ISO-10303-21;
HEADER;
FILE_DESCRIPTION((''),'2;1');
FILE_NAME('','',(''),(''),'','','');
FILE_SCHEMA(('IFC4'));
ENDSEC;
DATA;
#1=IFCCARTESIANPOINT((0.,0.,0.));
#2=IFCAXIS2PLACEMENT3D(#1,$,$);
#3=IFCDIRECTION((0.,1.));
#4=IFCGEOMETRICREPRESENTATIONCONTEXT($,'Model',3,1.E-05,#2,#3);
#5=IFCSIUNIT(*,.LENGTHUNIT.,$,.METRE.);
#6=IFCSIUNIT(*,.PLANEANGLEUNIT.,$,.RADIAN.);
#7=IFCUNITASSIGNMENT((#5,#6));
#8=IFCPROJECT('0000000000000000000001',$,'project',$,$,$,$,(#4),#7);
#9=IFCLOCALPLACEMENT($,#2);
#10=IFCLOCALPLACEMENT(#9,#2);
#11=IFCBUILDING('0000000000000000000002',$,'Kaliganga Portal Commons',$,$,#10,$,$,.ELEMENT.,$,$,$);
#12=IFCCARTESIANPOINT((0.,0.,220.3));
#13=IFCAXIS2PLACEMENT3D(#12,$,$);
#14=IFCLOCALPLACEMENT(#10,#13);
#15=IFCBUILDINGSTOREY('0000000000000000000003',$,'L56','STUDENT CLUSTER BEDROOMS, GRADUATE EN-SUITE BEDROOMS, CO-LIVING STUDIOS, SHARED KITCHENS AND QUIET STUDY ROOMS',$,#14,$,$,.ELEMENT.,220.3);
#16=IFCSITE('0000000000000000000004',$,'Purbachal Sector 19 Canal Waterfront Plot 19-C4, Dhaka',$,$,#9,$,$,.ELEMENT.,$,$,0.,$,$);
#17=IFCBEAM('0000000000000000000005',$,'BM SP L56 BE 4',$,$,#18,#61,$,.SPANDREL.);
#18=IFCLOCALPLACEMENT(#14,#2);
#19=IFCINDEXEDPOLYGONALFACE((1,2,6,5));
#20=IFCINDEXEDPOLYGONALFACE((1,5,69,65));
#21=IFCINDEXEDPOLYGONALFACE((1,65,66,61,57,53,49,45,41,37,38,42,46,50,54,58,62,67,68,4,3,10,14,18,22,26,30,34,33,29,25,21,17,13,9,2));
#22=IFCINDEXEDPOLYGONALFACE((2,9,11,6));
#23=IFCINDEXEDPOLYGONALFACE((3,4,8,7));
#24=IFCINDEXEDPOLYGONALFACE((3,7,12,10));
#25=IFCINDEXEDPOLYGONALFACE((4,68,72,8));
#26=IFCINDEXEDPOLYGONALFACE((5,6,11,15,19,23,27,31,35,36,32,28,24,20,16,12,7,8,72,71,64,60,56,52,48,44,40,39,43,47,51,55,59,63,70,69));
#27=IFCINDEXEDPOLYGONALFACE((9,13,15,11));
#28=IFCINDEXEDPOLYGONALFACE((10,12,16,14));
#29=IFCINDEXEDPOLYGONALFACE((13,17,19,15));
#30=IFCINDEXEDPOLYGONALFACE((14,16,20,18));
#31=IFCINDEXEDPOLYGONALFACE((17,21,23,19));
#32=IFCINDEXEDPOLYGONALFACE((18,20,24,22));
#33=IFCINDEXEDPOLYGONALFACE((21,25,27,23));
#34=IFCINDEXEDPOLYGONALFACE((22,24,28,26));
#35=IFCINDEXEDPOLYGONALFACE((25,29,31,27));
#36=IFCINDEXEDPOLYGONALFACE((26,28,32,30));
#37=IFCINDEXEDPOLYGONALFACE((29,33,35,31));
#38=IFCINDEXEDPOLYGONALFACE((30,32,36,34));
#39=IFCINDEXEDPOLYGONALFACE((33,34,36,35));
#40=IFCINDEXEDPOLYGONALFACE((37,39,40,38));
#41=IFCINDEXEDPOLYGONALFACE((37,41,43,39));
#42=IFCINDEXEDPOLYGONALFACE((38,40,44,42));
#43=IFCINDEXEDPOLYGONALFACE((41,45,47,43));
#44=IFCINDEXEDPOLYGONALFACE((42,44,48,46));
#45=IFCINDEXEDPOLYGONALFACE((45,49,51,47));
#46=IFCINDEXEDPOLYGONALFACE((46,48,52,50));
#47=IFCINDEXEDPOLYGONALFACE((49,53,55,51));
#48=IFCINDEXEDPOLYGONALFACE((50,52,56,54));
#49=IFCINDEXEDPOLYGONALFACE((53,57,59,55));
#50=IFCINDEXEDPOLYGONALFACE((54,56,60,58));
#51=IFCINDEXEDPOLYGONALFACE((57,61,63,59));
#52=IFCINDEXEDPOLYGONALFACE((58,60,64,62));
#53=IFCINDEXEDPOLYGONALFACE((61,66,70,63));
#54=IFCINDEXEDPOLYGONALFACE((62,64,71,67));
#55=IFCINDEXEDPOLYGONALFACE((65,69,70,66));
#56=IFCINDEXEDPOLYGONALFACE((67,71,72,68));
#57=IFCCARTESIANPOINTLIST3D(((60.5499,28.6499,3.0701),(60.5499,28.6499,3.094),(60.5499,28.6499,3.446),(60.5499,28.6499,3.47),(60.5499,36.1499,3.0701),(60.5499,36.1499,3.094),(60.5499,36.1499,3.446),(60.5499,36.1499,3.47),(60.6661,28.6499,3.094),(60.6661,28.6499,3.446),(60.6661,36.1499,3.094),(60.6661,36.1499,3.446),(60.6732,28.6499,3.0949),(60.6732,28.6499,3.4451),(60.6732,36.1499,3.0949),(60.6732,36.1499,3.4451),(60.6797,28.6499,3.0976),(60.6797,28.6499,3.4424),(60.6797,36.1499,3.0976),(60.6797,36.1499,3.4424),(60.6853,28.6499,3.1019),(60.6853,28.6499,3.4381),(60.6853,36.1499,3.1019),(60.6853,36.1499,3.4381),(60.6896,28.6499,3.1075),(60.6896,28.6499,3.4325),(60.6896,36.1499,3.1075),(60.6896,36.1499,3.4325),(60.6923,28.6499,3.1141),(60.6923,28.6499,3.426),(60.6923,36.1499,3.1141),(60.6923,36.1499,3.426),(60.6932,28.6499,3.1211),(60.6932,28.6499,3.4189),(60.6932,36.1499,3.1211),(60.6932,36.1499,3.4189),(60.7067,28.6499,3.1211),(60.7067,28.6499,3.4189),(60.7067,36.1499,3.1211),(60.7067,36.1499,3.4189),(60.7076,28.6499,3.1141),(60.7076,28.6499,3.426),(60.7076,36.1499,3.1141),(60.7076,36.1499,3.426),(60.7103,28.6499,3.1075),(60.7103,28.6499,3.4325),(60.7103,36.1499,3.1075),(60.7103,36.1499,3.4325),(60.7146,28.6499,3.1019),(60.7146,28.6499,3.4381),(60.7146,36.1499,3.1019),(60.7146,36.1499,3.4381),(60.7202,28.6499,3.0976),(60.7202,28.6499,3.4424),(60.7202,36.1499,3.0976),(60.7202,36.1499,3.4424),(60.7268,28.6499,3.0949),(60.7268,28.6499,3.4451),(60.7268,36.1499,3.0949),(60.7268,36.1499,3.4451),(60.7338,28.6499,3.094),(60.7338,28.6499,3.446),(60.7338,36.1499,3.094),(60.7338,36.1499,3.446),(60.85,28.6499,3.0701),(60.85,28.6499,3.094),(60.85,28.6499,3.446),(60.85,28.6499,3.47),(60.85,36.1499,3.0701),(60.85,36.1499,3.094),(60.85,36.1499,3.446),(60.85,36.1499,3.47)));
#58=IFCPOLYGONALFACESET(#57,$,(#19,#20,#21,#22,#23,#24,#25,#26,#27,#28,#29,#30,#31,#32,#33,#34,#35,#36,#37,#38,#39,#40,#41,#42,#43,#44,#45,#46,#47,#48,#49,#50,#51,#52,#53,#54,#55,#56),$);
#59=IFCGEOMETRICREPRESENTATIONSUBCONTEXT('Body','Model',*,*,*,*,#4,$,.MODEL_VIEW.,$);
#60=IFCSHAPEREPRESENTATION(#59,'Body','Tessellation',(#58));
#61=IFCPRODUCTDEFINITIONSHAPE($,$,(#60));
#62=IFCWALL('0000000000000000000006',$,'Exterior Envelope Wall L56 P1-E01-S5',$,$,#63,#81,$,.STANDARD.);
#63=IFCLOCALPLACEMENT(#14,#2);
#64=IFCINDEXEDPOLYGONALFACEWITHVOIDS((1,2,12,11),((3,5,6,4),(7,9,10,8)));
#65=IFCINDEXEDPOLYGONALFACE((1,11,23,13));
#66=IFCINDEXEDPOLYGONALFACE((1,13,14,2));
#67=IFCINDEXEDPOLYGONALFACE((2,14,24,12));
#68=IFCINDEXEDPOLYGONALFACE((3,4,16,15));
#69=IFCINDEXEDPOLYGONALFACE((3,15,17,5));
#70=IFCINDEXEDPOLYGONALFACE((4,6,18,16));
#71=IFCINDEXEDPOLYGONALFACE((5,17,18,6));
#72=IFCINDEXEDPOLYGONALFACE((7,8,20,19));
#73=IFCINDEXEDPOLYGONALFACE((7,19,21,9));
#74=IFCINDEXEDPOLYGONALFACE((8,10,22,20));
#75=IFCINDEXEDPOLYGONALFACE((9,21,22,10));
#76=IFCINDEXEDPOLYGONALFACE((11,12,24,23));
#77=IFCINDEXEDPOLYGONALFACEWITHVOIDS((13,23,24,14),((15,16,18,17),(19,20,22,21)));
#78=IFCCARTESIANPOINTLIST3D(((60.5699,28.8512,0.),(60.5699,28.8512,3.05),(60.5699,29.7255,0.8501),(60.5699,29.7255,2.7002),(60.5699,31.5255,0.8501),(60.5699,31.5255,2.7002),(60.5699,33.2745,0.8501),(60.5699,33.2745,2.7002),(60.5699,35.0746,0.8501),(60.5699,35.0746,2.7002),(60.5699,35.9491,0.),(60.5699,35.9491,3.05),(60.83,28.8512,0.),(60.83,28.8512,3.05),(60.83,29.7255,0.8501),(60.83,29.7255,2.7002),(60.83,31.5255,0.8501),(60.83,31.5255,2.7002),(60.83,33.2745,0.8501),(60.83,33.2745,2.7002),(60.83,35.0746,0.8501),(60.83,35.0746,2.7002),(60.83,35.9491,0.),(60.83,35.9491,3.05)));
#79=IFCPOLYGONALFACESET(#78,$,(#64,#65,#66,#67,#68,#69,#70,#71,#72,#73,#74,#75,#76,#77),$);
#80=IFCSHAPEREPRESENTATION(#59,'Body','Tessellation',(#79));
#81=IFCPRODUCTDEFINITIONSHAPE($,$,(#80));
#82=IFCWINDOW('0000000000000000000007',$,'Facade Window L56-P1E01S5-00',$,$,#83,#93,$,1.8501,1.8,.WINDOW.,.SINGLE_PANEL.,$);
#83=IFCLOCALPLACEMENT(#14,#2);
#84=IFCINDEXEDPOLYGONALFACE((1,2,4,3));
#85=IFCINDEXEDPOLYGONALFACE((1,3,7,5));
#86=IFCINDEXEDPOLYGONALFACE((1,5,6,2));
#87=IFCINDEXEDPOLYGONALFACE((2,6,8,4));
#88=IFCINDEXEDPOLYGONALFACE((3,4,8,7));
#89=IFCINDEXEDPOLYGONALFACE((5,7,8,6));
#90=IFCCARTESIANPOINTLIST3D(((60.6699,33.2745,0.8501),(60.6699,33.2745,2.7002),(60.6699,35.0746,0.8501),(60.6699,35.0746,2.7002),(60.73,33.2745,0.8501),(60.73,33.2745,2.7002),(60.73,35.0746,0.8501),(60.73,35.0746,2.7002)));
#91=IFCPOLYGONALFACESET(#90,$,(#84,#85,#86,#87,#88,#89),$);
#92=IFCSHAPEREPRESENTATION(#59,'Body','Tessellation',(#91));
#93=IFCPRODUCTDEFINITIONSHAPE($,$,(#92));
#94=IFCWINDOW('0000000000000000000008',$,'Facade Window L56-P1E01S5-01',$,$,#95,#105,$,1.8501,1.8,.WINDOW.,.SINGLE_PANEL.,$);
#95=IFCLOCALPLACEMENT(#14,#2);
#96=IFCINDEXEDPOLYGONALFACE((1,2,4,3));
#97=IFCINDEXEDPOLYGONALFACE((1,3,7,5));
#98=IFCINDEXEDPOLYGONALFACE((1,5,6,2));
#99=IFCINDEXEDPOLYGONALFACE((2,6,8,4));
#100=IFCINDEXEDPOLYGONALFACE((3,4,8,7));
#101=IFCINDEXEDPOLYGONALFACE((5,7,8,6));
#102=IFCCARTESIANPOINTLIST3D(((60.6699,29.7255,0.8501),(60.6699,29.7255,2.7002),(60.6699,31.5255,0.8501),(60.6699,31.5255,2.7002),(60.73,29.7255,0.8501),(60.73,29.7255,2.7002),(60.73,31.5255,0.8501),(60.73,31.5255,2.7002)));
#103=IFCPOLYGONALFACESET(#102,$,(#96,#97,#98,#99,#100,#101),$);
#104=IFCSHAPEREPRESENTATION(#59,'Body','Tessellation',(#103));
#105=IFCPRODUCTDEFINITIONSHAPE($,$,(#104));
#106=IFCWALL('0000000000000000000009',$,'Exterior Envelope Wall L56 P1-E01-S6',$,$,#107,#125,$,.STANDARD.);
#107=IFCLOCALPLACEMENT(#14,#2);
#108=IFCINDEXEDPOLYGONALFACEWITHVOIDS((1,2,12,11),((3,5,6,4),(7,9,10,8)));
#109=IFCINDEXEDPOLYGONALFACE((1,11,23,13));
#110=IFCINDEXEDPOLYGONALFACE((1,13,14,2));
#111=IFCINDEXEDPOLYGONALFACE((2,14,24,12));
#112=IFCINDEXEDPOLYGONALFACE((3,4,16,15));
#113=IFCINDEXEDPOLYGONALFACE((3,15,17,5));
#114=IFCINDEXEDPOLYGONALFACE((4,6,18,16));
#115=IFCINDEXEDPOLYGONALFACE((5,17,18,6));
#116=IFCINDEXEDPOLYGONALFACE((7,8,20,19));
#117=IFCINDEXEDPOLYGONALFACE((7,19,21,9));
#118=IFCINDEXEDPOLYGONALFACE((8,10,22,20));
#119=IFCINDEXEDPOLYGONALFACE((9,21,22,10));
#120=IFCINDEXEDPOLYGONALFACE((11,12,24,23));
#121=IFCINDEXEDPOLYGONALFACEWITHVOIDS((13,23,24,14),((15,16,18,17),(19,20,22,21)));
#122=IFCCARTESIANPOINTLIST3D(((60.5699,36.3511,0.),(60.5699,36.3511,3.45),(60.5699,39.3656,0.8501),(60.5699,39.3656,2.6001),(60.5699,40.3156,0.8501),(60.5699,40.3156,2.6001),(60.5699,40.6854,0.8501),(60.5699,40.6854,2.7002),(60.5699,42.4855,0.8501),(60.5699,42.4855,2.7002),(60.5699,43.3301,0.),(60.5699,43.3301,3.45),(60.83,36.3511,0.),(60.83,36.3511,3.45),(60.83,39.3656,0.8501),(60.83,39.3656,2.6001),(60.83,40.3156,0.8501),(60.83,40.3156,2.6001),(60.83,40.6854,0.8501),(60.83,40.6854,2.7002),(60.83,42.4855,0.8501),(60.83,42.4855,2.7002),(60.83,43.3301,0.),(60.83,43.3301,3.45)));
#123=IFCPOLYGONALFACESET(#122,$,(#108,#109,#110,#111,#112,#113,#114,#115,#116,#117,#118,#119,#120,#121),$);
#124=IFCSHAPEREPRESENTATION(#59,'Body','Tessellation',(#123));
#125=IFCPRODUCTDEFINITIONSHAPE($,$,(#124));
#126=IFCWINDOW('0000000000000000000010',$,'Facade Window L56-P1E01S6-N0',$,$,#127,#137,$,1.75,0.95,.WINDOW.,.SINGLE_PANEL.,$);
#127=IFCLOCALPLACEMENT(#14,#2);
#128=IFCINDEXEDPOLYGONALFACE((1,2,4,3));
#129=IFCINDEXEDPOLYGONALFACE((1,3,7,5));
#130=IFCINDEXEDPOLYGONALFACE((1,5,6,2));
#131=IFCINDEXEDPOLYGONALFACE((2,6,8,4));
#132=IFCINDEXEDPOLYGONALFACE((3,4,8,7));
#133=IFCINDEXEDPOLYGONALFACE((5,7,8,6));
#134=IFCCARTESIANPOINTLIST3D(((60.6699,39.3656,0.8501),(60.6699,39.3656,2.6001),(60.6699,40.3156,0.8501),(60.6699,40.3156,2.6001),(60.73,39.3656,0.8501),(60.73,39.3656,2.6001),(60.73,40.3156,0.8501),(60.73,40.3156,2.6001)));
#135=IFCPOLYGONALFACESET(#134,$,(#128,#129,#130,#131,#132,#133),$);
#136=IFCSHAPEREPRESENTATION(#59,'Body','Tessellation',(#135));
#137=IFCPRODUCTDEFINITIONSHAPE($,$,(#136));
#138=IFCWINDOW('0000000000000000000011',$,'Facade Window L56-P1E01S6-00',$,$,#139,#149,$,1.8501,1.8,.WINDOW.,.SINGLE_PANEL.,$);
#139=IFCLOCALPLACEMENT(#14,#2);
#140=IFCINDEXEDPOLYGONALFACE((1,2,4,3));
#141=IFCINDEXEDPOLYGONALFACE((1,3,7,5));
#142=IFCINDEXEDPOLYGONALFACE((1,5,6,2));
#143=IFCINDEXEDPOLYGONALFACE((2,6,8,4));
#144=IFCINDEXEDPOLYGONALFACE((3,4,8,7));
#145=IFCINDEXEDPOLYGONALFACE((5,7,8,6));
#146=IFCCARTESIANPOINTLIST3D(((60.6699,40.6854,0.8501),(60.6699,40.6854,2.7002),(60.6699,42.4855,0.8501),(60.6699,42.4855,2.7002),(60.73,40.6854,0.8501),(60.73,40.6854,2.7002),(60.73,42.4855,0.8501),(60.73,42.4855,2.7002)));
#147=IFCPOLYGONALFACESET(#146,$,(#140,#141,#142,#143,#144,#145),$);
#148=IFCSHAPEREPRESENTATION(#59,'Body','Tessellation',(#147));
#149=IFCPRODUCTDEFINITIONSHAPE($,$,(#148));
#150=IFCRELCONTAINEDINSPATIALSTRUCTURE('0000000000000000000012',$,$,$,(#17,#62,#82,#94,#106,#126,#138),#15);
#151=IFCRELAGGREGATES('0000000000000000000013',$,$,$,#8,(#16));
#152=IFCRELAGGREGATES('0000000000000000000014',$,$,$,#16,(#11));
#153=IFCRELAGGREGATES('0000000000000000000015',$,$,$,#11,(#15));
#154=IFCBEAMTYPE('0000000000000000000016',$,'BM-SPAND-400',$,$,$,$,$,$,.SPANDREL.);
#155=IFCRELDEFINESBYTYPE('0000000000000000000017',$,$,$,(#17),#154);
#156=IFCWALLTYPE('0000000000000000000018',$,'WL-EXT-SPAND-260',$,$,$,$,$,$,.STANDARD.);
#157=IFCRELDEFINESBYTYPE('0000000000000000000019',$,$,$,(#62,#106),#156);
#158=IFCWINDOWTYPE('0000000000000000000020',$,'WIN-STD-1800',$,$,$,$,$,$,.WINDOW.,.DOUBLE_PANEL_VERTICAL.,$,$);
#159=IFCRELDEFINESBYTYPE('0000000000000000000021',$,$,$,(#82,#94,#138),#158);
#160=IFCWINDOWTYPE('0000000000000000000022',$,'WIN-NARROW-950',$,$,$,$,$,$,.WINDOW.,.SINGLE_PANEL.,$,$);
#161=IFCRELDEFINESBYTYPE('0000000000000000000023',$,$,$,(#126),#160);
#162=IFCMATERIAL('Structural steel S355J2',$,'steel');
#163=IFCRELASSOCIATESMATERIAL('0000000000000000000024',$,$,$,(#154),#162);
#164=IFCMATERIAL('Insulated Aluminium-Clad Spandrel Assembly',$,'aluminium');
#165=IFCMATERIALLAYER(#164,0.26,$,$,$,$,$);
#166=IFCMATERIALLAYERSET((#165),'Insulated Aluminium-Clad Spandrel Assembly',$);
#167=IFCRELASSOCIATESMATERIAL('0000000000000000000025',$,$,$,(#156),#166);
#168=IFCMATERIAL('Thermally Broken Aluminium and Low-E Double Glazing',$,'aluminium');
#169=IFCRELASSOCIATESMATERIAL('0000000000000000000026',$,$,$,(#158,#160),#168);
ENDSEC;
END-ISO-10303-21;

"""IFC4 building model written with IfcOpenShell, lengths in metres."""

from ifc_helpers import new_model, si_unit, direction, frame, frame_2d, origin, origin_2d, place, context, subcontext, project, spatial, rectangle, i_section, extrude, source, transform, mapped, material, layer, layer_set, material_profile, profile_set, type_object, element, fill, save


model = new_model("IFC4")

# Units and contexts
model_context = context("Model", 3, precision=1e-05, world=origin(), true_north=direction((0.0, 1.0)))
body_context = subcontext(model_context, "Body", "Model", "MODEL_VIEW")
ifc_project = project(units=[si_unit("LENGTHUNIT", "METRE"), si_unit("PLANEANGLEUNIT", "RADIAN")], contexts=[model_context])

# Site, building, storey
site_placement = place(None, origin())
site = spatial("IfcSite", under=ifc_project, at=site_placement, Name="Purbachal Sector 19 Canal Waterfront Plot 19-C4, Dhaka", CompositionType="ELEMENT", RefElevation=0.0)
building_placement = place(site_placement, origin())
building = spatial("IfcBuilding", under=site, at=building_placement, Name="Kaliganga Portal Commons", CompositionType="ELEMENT")
storey_placement = place(building_placement, frame((0.0, 0.0, 220.3)))
storey = spatial("IfcBuildingStorey", under=building, at=storey_placement, Name="L56", Description="STUDENT CLUSTER BEDROOMS, GRADUATE EN-SUITE BEDROOMS, CO-LIVING STUDIOS, SHARED KITCHENS AND QUIET STUDY ROOMS", CompositionType="ELEMENT", Elevation=220.3)

# Shared definitions
ifc_material_1 = material(Name="Structural steel S355J2", Category="steel")

# Beam
ifc_material_profile_1 = material_profile(ifc_material_1, i_section(OverallWidth=0.3, OverallDepth=0.3999, WebThickness=0.0134, FlangeThickness=0.0239, FilletRadius=0.0271, at=origin_2d()), Name="HE 400 B")
ifc_profile_set_1 = profile_set([ifc_material_profile_1], Name="Structural steel S355J2 wide-flange")
beam_type_1 = type_object("IfcBeamType", Name="BM-SPAND-400", PredefinedType="SPANDREL", material=ifc_profile_set_1)
shared_shape_1 = source(origin(), body_context, "Body", "SweptSolid", [
    extrude(i_section(OverallWidth=0.3, OverallDepth=0.3999, WebThickness=0.0134, FlangeThickness=0.0239, FilletRadius=0.0271, at=origin_2d()), origin(), (0.0, 0.0, 1.0), 7.5),
])
beam_1_placement = place(storey_placement, frame((60.7, 28.6499, 3.27), z_axis=(0.0, 1.0, 0.0), x_axis=(-1.0, 0.0, 0.0)))
element("IfcBeam", 1, at=beam_1_placement, inside=storey, type_object=beam_type_1, Name="BM SP L56 BE 4", PredefinedType="SPANDREL", context=body_context, shape_type="MappedRepresentation", body=[
    mapped(shared_shape_1, transform((0.0, 0.0, 0.0), x_axis=(1.0, 0.0, 0.0), y_axis=(0.0, 1.0, 0.0), z_axis=(0.0, 0.0, 1.0), scale=1.0)),
])

# Walls, openings, windows
ifc_material_2 = material(Name="Insulated Aluminium-Clad Spandrel Assembly", Category="aluminium")
ifc_layer_1 = layer(ifc_material_2, 0.26)
ifc_layer_set_1 = layer_set([ifc_layer_1], Name="Insulated Aluminium-Clad Spandrel Assembly")
wall_type_1 = type_object("IfcWallType", Name="WL-EXT-SPAND-260", PredefinedType="STANDARD", material=ifc_layer_set_1)
wall_1_placement = place(storey_placement, frame((60.7, 35.949, 0.0), z_axis=(0.0, 0.0, 1.0), x_axis=(0.0, -1.0, 0.0)))
wall_1 = element("IfcWall", 2, at=wall_1_placement, inside=storey, type_object=wall_type_1, Name="Exterior Envelope Wall L56 P1-E01-S5", PredefinedType="STANDARD", context=body_context, shape_type="SweptSolid", body=[
    extrude(rectangle(XDim=7.0979, YDim=0.26, at=frame_2d((3.5488, 0.0))), origin(), (0.0, 0.0, 1.0), 3.05),
])
opening_1_placement = place(wall_1_placement, frame((0.8745, 0.0, 0.8501)))
opening_1 = element("IfcOpeningElement", 3, at=opening_1_placement, cuts=wall_1, PredefinedType="OPENING", context=body_context, shape_type="SweptSolid", body=[
    extrude(rectangle(XDim=1.8, YDim=1.8501, at=frame_2d((0.8999, 0.925))), frame((0.0, 0.1401, 0.0), z_axis=(0.0, -1.0, 0.0), x_axis=(1.0, 0.0, 0.0)), (0.0, 0.0, 1.0), 0.28),
])
opening_2_placement = place(wall_1_placement, frame((4.4236, 0.0, 0.8501)))
opening_2 = element("IfcOpeningElement", 4, at=opening_2_placement, cuts=wall_1, PredefinedType="OPENING", context=body_context, shape_type="SweptSolid", body=[
    extrude(rectangle(XDim=1.8, YDim=1.8501, at=frame_2d((0.8999, 0.925))), frame((0.0, 0.1401, 0.0), z_axis=(0.0, -1.0, 0.0), x_axis=(1.0, 0.0, 0.0)), (0.0, 0.0, 1.0), 0.28),
])
ifc_material_3 = material(Name="Thermally Broken Aluminium and Low-E Double Glazing", Category="aluminium")
window_type_1 = type_object("IfcWindowType", Name="WIN-STD-1800", PartitioningType="DOUBLE_PANEL_VERTICAL", PredefinedType="WINDOW", material=ifc_material_3)
window_1_placement = place(opening_1_placement, origin())
window_1 = element("IfcWindow", 5, at=window_1_placement, inside=storey, type_object=window_type_1, Name="Facade Window L56-P1E01S5-00", OverallHeight=1.8501, OverallWidth=1.8, PartitioningType="SINGLE_PANEL", PredefinedType="WINDOW", context=body_context, shape_type="SweptSolid", body=[
    extrude(rectangle(XDim=1.8, YDim=1.8501, at=frame_2d((0.8999, 0.925))), frame((0.0, 0.03, 0.0), z_axis=(0.0, -1.0, 0.0), x_axis=(1.0, 0.0, 0.0)), (0.0, 0.0, 1.0), 0.0601),
])
fill(opening_1, window_1)
window_2_placement = place(opening_2_placement, origin())
window_2 = element("IfcWindow", 6, at=window_2_placement, inside=storey, type_object=window_type_1, Name="Facade Window L56-P1E01S5-01", OverallHeight=1.8501, OverallWidth=1.8, PartitioningType="SINGLE_PANEL", PredefinedType="WINDOW", context=body_context, shape_type="SweptSolid", body=[
    extrude(rectangle(XDim=1.8, YDim=1.8501, at=frame_2d((0.8999, 0.925))), frame((0.0, 0.03, 0.0), z_axis=(0.0, -1.0, 0.0), x_axis=(1.0, 0.0, 0.0)), (0.0, 0.0, 1.0), 0.0601),
])
fill(opening_2, window_2)
wall_2_placement = place(storey_placement, frame((60.7, 43.3301, 0.0), z_axis=(0.0, 0.0, 1.0), x_axis=(0.0, -1.0, 0.0)))
wall_2 = element("IfcWall", 7, at=wall_2_placement, inside=storey, type_object=wall_type_1, Name="Exterior Envelope Wall L56 P1-E01-S6", PredefinedType="STANDARD", context=body_context, shape_type="SweptSolid", body=[
    extrude(rectangle(XDim=6.979, YDim=0.26, at=frame_2d((3.4895, 0.0))), origin(), (0.0, 0.0, 1.0), 3.45),
])
opening_3_placement = place(wall_2_placement, frame((0.8447, 0.0, 0.8501)))
opening_3 = element("IfcOpeningElement", 8, at=opening_3_placement, cuts=wall_2, PredefinedType="OPENING", context=body_context, shape_type="SweptSolid", body=[
    extrude(rectangle(XDim=1.8, YDim=1.8501, at=frame_2d((0.8999, 0.925))), frame((0.0, 0.1401, 0.0), z_axis=(0.0, -1.0, 0.0), x_axis=(1.0, 0.0, 0.0)), (0.0, 0.0, 1.0), 0.28),
])
opening_4_placement = place(wall_2_placement, frame((3.0144, 0.0, 0.8501)))
opening_4 = element("IfcOpeningElement", 9, at=opening_4_placement, cuts=wall_2, PredefinedType="OPENING", context=body_context, shape_type="SweptSolid", body=[
    extrude(rectangle(XDim=0.95, YDim=1.75, at=frame_2d((0.4751, 0.875))), frame((0.0, 0.1401, 0.0), z_axis=(0.0, -1.0, 0.0), x_axis=(1.0, 0.0, 0.0)), (0.0, 0.0, 1.0), 0.28),
])
window_type_2 = type_object("IfcWindowType", Name="WIN-NARROW-950", PartitioningType="SINGLE_PANEL", PredefinedType="WINDOW", material=ifc_material_3)
window_3_placement = place(opening_4_placement, origin())
window_3 = element("IfcWindow", 10, at=window_3_placement, inside=storey, type_object=window_type_2, Name="Facade Window L56-P1E01S6-N0", OverallHeight=1.75, OverallWidth=0.95, PartitioningType="SINGLE_PANEL", PredefinedType="WINDOW", context=body_context, shape_type="SweptSolid", body=[
    extrude(rectangle(XDim=0.95, YDim=1.75, at=frame_2d((0.4751, 0.875))), frame((0.0, 0.03, 0.0), z_axis=(0.0, -1.0, 0.0), x_axis=(1.0, 0.0, 0.0)), (0.0, 0.0, 1.0), 0.0601),
])
fill(opening_4, window_3)
window_4_placement = place(opening_3_placement, origin())
window_4 = element("IfcWindow", 11, at=window_4_placement, inside=storey, type_object=window_type_1, Name="Facade Window L56-P1E01S6-00", OverallHeight=1.8501, OverallWidth=1.8, PartitioningType="SINGLE_PANEL", PredefinedType="WINDOW", context=body_context, shape_type="SweptSolid", body=[
    extrude(rectangle(XDim=1.8, YDim=1.8501, at=frame_2d((0.8999, 0.925))), frame((0.0, 0.03, 0.0), z_axis=(0.0, -1.0, 0.0), x_axis=(1.0, 0.0, 0.0)), (0.0, 0.0, 1.0), 0.0601),
])
fill(opening_3, window_4)

save(model, "model.ifc")
